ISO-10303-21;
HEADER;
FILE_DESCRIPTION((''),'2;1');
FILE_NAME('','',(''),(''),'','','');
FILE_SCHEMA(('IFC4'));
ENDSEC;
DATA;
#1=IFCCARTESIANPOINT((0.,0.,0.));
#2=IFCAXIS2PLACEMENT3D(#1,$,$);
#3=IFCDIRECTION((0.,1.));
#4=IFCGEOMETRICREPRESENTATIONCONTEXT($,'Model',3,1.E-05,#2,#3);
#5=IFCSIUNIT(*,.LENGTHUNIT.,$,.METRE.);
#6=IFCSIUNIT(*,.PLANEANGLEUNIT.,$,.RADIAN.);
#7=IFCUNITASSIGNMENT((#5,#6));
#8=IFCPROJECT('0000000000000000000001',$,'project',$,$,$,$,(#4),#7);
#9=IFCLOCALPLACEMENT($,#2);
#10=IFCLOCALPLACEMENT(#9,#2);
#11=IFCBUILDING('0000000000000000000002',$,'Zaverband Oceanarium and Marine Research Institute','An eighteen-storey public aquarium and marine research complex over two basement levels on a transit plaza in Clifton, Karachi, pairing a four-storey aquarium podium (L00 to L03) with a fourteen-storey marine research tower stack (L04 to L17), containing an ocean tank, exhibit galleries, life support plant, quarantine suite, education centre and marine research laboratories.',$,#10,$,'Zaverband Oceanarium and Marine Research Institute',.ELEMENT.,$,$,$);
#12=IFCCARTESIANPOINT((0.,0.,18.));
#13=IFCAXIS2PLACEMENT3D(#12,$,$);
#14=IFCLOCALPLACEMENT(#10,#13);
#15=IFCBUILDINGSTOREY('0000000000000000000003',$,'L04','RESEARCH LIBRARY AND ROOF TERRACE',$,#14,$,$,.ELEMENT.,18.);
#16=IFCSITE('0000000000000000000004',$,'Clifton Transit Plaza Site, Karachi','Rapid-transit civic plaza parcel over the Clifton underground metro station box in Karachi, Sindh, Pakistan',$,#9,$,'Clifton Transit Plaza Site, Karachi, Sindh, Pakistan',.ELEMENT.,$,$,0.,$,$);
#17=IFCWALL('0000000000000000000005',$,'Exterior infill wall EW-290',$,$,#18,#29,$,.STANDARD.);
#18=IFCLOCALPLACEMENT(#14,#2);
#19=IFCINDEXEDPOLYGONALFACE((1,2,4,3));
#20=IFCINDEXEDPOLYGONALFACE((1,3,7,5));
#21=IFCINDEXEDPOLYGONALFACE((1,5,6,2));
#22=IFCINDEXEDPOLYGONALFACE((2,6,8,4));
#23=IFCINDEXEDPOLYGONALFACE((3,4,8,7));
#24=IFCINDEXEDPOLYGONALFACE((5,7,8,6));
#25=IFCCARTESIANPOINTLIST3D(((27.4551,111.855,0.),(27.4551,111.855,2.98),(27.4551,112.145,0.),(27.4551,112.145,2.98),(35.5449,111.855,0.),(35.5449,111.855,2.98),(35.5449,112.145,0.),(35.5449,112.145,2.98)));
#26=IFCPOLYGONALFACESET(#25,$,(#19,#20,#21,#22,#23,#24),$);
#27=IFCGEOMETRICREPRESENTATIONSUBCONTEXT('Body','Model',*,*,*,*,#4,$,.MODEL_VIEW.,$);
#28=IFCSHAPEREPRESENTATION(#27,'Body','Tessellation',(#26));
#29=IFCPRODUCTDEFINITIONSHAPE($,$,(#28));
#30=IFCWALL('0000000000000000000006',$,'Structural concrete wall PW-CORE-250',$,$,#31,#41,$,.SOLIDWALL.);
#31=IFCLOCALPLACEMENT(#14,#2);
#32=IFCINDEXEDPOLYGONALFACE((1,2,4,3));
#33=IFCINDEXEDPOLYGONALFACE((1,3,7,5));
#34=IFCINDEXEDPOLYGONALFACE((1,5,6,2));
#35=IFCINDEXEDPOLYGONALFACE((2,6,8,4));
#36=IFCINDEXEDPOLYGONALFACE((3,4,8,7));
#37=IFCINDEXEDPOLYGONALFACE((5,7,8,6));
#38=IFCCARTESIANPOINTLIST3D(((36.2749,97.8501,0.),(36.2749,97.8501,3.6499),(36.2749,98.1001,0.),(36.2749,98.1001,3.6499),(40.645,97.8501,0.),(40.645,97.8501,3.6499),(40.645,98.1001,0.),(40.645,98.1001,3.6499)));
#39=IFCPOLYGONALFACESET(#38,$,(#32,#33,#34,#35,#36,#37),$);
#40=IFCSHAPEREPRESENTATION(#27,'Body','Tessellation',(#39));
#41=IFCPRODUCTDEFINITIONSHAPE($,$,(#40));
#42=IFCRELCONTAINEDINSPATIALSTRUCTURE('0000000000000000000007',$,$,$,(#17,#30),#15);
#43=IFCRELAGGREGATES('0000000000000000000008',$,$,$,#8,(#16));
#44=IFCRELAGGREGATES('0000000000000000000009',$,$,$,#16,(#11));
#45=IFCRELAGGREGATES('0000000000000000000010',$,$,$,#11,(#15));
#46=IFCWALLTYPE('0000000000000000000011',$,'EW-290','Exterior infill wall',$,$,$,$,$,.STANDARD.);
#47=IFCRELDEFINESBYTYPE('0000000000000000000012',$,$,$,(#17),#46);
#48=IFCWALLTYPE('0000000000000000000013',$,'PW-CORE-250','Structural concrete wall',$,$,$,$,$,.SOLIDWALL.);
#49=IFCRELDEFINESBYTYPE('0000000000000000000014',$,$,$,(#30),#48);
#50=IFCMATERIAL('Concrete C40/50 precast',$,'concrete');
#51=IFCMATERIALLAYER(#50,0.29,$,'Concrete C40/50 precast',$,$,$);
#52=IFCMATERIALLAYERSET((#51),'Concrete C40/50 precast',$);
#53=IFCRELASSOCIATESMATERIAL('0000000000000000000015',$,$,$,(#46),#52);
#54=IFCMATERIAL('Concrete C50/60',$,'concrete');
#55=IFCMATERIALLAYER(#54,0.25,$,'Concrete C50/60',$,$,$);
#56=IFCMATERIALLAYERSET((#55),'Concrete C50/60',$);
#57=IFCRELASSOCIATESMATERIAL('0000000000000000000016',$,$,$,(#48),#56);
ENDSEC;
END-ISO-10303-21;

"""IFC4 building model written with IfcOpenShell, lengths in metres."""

from ifc_helpers import new_model, si_unit, direction, frame, frame_2d, origin, place, context, subcontext, project, spatial, rectangle, extrude, material, layer, layer_set, type_object, element, save


model = new_model("IFC4")

# Units and contexts
model_context = context("Model", 3, precision=1e-05, world=origin(), true_north=direction((0.0, 1.0)))
body_context = subcontext(model_context, "Body", "Model", "MODEL_VIEW")
ifc_project = project(units=[si_unit("LENGTHUNIT", "METRE"), si_unit("PLANEANGLEUNIT", "RADIAN")], contexts=[model_context])

# Site, building, storey
site_placement = place(None, origin())
site = spatial("IfcSite", under=ifc_project, at=site_placement, Name="Clifton Transit Plaza Site, Karachi", Description="Rapid-transit civic plaza parcel over the Clifton underground metro station box in Karachi, Sindh, Pakistan", LongName="Clifton Transit Plaza Site, Karachi, Sindh, Pakistan", CompositionType="ELEMENT", RefElevation=0.0)
building_placement = place(site_placement, origin())
building = spatial("IfcBuilding", under=site, at=building_placement, Name="Zaverband Oceanarium and Marine Research Institute", Description="An eighteen-storey public aquarium and marine research complex over two basement levels on a transit plaza in Clifton, Karachi, pairing a four-storey aquarium podium (L00 to L03) with a fourteen-storey marine research tower stack (L04 to L17), containing an ocean tank, exhibit galleries, life support plant, quarantine suite, education centre and marine research laboratories.", LongName="Zaverband Oceanarium and Marine Research Institute", CompositionType="ELEMENT")
storey_placement = place(building_placement, frame((0.0, 0.0, 18.0)))
storey = spatial("IfcBuildingStorey", under=building, at=storey_placement, Name="L04", Description="RESEARCH LIBRARY AND ROOF TERRACE", CompositionType="ELEMENT", Elevation=18.0)

# Shared definitions
ifc_material_1 = material(Name="Concrete C50/60", Category="concrete")

# Walls
ifc_material_2 = material(Name="Concrete C40/50 precast", Category="concrete")
ifc_layer_1 = layer(ifc_material_2, 0.29, Name="Concrete C40/50 precast")
ifc_layer_set_1 = layer_set([ifc_layer_1], Name="Concrete C40/50 precast")
wall_type_1 = type_object("IfcWallType", Name="EW-290", Description="Exterior infill wall", PredefinedType="STANDARD", material=ifc_layer_set_1)
wall_1_placement = place(storey_placement, frame((27.4551, 112.0, 0.0), z_axis=(0.0, 0.0, 1.0), x_axis=(1.0, 0.0, 0.0)))
element("IfcWall", 1, at=wall_1_placement, inside=storey, type_object=wall_type_1, Name="Exterior infill wall EW-290", PredefinedType="STANDARD", context=body_context, shape_type="SweptSolid", body=[
    extrude(rectangle(XDim=8.0898, YDim=0.29, at=frame_2d((4.0449, 0.0))), origin(), (0.0, 0.0, 1.0), 2.98),
])
ifc_layer_2 = layer(ifc_material_1, 0.25, Name="Concrete C50/60")
ifc_layer_set_2 = layer_set([ifc_layer_2], Name="Concrete C50/60")
wall_type_2 = type_object("IfcWallType", Name="PW-CORE-250", Description="Structural concrete wall", PredefinedType="SOLIDWALL", material=ifc_layer_set_2)
wall_2_placement = place(storey_placement, frame((36.2749, 97.9751, 0.0), z_axis=(0.0, 0.0, 1.0), x_axis=(1.0, 0.0, 0.0)))
element("IfcWall", 2, at=wall_2_placement, inside=storey, type_object=wall_type_2, Name="Structural concrete wall PW-CORE-250", PredefinedType="SOLIDWALL", context=body_context, shape_type="SweptSolid", body=[
    extrude(rectangle(XDim=4.3701, YDim=0.25, at=frame_2d((2.1851, 0.0))), origin(), (0.0, 0.0, 1.0), 3.6499),
])

save(model, "model.ifc")
